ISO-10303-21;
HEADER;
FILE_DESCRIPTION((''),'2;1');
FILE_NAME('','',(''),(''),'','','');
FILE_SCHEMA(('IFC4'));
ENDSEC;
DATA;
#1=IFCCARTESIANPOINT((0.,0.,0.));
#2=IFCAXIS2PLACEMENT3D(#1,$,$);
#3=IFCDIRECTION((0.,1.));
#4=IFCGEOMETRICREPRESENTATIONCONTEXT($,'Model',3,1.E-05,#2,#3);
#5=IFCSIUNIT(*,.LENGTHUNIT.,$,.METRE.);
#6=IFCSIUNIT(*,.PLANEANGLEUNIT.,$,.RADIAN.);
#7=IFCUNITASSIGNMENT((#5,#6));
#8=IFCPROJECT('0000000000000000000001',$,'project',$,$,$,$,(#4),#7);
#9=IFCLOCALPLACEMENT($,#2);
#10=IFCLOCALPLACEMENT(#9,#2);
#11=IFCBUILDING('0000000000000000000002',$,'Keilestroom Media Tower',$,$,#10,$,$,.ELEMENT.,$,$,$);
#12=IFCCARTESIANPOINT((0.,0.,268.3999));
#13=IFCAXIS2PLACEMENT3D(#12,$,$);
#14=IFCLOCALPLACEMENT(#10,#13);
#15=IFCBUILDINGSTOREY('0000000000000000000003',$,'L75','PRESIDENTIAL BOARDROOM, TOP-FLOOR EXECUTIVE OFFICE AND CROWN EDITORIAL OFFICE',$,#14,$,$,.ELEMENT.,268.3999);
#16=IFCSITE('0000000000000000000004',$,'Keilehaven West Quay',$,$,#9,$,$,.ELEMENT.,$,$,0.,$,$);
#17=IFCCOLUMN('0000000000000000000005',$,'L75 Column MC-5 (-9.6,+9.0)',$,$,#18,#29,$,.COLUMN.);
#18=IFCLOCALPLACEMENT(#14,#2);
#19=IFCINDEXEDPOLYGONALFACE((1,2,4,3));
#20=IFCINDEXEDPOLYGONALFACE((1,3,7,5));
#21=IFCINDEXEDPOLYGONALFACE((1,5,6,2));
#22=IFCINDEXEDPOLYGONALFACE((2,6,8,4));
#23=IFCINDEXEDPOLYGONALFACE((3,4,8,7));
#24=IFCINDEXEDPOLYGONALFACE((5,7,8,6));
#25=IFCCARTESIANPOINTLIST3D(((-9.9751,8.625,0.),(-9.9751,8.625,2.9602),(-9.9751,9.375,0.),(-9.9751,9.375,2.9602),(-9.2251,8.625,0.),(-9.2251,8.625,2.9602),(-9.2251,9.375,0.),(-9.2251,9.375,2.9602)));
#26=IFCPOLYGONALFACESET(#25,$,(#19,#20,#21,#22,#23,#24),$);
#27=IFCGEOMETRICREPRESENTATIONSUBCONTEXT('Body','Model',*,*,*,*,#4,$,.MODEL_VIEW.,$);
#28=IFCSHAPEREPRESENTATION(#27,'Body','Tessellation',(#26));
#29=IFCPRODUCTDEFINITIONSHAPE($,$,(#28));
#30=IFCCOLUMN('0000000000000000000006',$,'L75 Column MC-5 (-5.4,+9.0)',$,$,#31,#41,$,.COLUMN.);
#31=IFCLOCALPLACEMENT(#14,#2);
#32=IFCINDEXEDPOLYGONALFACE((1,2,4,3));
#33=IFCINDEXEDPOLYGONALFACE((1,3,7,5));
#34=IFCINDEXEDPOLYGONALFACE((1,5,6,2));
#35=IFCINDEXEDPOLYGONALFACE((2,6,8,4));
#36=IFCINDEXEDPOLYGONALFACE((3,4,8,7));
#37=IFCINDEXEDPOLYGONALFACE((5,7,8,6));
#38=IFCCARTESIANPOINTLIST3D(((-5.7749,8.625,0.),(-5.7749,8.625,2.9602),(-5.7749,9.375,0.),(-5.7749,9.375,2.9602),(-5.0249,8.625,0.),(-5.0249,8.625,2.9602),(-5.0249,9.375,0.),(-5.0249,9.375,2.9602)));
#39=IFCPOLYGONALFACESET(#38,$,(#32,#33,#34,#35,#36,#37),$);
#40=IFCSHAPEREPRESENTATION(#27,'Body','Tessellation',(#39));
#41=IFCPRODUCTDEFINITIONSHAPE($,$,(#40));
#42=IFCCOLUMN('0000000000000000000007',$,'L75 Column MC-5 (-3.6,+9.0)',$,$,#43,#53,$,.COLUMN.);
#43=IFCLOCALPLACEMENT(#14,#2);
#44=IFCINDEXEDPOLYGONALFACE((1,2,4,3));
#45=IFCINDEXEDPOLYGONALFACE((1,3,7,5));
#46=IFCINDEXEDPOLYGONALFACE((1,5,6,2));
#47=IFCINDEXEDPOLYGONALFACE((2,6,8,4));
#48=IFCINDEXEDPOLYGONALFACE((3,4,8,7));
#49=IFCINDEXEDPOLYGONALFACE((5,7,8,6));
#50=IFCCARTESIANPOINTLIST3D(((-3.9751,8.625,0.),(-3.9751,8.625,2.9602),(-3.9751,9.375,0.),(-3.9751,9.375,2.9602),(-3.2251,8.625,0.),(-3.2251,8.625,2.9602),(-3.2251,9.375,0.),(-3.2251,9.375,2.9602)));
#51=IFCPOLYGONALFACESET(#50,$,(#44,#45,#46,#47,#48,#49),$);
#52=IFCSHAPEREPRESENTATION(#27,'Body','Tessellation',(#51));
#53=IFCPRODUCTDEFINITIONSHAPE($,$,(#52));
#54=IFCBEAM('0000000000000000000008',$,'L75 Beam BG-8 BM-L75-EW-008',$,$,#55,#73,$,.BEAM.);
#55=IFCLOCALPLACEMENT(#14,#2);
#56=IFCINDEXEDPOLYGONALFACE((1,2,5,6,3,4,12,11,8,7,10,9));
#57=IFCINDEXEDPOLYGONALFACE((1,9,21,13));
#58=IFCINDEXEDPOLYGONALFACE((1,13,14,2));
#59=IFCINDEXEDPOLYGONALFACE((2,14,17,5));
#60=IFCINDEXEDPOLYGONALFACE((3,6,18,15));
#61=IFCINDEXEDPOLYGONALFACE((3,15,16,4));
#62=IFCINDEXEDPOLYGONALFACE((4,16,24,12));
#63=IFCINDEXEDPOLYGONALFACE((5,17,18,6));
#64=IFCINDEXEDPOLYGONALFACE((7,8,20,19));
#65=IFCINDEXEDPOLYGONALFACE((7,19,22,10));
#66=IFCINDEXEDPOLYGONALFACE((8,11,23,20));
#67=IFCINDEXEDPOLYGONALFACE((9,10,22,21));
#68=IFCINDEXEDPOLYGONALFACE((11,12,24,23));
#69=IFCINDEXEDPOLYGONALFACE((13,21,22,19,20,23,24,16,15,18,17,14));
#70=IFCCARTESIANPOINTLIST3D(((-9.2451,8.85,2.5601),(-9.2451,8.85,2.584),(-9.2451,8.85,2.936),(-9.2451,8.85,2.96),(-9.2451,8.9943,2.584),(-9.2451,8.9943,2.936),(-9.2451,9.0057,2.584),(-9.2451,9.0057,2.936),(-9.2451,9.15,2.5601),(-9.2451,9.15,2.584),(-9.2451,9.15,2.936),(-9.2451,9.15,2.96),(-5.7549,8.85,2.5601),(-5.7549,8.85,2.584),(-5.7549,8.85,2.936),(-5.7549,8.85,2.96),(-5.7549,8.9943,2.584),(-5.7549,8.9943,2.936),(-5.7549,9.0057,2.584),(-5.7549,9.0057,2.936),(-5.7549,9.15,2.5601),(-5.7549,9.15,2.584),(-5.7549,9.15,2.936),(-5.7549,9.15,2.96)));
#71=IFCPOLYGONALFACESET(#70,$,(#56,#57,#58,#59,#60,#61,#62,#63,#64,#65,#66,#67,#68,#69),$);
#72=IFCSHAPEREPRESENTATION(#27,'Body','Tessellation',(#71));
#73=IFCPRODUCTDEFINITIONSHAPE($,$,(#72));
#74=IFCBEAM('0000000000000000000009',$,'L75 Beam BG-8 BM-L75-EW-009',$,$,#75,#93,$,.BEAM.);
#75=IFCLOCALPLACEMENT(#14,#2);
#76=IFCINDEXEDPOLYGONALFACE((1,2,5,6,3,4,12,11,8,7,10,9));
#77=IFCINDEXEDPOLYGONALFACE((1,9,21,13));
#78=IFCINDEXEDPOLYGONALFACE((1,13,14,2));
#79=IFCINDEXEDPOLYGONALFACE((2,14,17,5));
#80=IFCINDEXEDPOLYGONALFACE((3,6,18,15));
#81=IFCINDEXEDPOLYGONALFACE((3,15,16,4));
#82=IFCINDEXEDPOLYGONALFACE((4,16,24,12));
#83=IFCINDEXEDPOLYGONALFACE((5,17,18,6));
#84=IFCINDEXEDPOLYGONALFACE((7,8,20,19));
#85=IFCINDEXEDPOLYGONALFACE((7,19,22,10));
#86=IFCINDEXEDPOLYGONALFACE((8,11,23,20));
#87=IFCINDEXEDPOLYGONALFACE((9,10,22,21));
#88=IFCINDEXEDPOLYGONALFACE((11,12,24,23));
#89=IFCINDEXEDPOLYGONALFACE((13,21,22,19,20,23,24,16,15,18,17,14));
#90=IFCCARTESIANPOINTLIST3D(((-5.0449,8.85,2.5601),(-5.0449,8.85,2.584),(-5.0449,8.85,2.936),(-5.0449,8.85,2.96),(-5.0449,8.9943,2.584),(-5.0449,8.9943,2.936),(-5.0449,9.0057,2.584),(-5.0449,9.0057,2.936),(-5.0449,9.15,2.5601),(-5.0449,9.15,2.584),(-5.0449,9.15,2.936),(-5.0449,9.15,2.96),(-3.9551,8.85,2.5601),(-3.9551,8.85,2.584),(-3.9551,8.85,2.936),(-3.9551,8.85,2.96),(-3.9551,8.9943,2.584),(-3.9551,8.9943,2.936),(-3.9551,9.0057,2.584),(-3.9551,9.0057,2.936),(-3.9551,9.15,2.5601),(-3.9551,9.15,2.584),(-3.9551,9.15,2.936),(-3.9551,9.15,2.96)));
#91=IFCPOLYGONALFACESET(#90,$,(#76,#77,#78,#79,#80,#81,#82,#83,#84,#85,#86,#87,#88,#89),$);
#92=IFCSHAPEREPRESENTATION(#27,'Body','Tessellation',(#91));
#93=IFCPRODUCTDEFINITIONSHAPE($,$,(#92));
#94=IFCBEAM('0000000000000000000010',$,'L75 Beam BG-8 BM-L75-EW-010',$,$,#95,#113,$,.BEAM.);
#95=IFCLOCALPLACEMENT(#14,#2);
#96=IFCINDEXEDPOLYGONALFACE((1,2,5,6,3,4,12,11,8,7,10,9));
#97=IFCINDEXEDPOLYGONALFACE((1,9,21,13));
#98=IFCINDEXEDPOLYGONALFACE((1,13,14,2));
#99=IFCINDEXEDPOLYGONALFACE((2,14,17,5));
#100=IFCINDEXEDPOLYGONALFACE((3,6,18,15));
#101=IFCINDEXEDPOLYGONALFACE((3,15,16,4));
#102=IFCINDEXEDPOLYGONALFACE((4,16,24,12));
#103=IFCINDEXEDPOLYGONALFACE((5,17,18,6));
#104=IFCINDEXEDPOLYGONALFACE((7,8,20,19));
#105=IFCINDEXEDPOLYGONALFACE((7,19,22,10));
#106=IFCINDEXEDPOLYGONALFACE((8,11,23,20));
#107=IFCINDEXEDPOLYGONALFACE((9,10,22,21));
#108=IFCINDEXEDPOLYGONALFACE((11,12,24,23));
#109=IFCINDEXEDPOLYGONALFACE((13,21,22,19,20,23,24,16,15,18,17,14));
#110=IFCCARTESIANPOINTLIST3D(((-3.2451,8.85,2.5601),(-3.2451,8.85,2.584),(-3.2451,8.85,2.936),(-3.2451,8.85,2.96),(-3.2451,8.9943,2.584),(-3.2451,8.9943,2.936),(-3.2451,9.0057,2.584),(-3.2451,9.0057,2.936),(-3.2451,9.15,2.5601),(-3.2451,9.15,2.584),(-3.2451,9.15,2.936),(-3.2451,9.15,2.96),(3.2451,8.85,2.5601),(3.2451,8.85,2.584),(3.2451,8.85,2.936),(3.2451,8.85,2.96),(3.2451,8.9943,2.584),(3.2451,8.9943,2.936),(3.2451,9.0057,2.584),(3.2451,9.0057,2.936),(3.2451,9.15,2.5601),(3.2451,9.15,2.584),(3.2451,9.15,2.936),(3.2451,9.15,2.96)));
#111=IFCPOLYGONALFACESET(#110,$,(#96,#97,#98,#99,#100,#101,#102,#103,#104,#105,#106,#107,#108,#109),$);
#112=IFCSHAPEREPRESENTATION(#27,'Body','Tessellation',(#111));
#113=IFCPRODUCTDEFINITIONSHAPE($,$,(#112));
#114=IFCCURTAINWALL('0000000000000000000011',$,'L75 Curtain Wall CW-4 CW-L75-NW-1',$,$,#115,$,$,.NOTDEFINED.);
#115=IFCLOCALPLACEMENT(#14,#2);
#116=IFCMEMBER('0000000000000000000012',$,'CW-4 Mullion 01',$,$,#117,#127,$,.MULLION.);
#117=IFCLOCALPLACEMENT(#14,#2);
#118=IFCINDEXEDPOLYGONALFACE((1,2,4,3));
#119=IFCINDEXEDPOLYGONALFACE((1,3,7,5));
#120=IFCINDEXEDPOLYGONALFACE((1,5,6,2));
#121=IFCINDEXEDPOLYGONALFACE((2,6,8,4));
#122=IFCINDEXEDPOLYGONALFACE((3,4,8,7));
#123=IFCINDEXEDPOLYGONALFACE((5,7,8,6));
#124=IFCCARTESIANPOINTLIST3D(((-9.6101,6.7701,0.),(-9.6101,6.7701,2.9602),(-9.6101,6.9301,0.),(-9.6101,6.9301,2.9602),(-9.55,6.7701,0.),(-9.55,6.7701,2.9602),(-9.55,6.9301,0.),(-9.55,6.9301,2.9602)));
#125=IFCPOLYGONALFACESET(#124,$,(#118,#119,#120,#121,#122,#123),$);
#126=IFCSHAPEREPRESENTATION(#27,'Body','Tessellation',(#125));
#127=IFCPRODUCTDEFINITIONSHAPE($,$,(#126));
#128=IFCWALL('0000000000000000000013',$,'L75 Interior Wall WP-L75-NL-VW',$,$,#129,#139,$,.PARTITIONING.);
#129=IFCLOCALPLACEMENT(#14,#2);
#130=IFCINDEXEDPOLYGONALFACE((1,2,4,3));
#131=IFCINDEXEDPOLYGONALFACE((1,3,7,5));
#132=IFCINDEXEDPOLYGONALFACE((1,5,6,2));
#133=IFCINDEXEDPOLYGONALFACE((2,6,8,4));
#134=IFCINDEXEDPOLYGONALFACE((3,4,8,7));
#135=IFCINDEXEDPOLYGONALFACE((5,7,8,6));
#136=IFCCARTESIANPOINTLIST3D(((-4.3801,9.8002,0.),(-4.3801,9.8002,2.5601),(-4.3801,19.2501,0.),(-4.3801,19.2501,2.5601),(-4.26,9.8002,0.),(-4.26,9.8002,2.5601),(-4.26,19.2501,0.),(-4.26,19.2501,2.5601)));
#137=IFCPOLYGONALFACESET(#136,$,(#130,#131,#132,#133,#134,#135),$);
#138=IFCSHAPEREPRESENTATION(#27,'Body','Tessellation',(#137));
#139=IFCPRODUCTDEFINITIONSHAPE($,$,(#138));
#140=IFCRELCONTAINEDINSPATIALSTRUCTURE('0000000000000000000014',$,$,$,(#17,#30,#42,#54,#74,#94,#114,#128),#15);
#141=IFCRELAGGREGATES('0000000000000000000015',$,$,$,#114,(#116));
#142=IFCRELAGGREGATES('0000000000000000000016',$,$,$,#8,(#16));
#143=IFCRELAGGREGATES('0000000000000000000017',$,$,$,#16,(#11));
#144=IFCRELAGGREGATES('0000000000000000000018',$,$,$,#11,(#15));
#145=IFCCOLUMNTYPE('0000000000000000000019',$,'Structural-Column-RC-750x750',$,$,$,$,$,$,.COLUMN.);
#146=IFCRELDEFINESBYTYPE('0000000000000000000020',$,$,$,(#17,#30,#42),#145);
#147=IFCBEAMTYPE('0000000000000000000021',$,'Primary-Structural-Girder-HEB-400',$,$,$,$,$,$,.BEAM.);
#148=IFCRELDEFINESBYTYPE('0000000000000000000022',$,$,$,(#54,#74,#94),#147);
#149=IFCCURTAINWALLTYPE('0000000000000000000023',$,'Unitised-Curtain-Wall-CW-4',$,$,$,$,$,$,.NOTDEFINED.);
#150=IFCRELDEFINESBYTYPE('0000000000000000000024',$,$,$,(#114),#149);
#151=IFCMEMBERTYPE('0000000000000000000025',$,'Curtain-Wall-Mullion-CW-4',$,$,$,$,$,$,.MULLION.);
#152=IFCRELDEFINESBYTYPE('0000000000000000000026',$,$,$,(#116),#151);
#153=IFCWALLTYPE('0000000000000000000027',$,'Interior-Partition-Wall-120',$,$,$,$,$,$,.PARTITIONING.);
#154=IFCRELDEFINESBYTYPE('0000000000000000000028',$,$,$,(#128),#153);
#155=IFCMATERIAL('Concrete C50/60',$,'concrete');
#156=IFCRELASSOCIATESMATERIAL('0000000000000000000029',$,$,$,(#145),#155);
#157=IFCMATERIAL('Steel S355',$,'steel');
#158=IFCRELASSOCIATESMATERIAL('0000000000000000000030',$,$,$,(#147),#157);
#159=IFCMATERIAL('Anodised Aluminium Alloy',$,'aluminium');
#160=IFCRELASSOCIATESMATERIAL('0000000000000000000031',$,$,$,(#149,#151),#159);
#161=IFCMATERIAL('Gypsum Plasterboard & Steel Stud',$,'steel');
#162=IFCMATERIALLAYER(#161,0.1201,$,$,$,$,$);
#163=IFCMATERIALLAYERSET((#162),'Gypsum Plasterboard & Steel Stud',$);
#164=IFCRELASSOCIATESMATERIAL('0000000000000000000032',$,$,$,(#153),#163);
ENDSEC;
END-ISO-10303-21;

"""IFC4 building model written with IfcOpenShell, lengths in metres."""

from ifc_helpers import new_model, si_unit, direction, frame, frame_2d, origin, origin_2d, place, context, subcontext, project, spatial, rectangle, i_section, extrude, source, transform, mapped, material, layer, layer_set, material_profile, profile_set, type_object, element, aggregate, save


model = new_model("IFC4")

# Units and contexts
model_context = context("Model", 3, precision=1e-05, world=origin(), true_north=direction((0.0, 1.0)))
body_context = subcontext(model_context, "Body", "Model", "MODEL_VIEW")
ifc_project = project(units=[si_unit("LENGTHUNIT", "METRE"), si_unit("PLANEANGLEUNIT", "RADIAN")], contexts=[model_context])

# Site, building, storey
site_placement = place(None, origin())
site = spatial("IfcSite", under=ifc_project, at=site_placement, Name="Keilehaven West Quay", CompositionType="ELEMENT", RefElevation=0.0)
building_placement = place(site_placement, origin())
building = spatial("IfcBuilding", under=site, at=building_placement, Name="Keilestroom Media Tower", CompositionType="ELEMENT")
storey_placement = place(building_placement, frame((0.0, 0.0, 268.3999)))
storey = spatial("IfcBuildingStorey", under=building, at=storey_placement, Name="L75", Description="PRESIDENTIAL BOARDROOM, TOP-FLOOR EXECUTIVE OFFICE AND CROWN EDITORIAL OFFICE", CompositionType="ELEMENT", Elevation=268.3999)

# Columns
ifc_material_1 = material(Name="Concrete C50/60", Category="concrete")
ifc_material_profile_1 = material_profile(ifc_material_1, rectangle(XDim=0.75, YDim=0.75, at=origin_2d()), Name="RC 750x750")
ifc_profile_set_1 = profile_set([ifc_material_profile_1], Name="Concrete C50/60")
column_type = type_object("IfcColumnType", Name="Structural-Column-RC-750x750", PredefinedType="COLUMN", material=ifc_profile_set_1)
shared_shape_1 = source(origin(), body_context, "Body", "SweptSolid", [
    extrude(rectangle(XDim=0.75, YDim=0.75, at=origin_2d()), origin(), (0.0, 0.0, 1.0), 2.9602),
])
for number, where, z_axis, x_axis, name in (
    (1, (-9.6001, 9.0, 0.0), (0.0, 0.0, 1.0), (1.0, 0.0, 0.0), "L75 Column MC-5 (-9.6,+9.0)"),
    (2, (-5.3999, 9.0, 0.0), (0.0, 0.0, 1.0), (1.0, 0.0, 0.0), "L75 Column MC-5 (-5.4,+9.0)"),
    (3, (-3.6001, 9.0, 0.0), (0.0, 0.0, 1.0), (1.0, 0.0, 0.0), "L75 Column MC-5 (-3.6,+9.0)"),
):
    element("IfcColumn", number, at=place(storey_placement, frame(where, z_axis=z_axis, x_axis=x_axis)), inside=storey, type_object=column_type, Name=name, PredefinedType="COLUMN", context=body_context, shape_type="MappedRepresentation", body=[
        mapped(shared_shape_1, transform((0.0, 0.0, 0.0), x_axis=(1.0, 0.0, 0.0), y_axis=(0.0, 1.0, 0.0), z_axis=(0.0, 0.0, 1.0), scale=1.0)),
    ])

# Beams
ifc_material_2 = material(Name="Steel S355", Category="steel")
ifc_material_profile_2 = material_profile(ifc_material_2, i_section(OverallWidth=0.3, OverallDepth=0.3999, WebThickness=0.0115, FlangeThickness=0.0239, at=origin_2d()), Name="HEB 400")
ifc_profile_set_2 = profile_set([ifc_material_profile_2], Name="Steel S355")
beam_type = type_object("IfcBeamType", Name="Primary-Structural-Girder-HEB-400", PredefinedType="BEAM", material=ifc_profile_set_2)
shared_shape_2 = source(origin(), body_context, "Body", "SweptSolid", [
    extrude(i_section(OverallWidth=0.3, OverallDepth=0.3999, WebThickness=0.0115, FlangeThickness=0.0239, at=origin_2d()), origin(), (0.0, 0.0, 1.0), 3.4902),
])
beam_1_placement = place(storey_placement, frame((-9.2451, 9.0, 2.76), z_axis=(1.0, 0.0, 0.0), x_axis=(0.0, 1.0, 0.0)))
element("IfcBeam", 4, at=beam_1_placement, inside=storey, type_object=beam_type, Name="L75 Beam BG-8 BM-L75-EW-008", PredefinedType="BEAM", context=body_context, shape_type="MappedRepresentation", body=[
    mapped(shared_shape_2, transform((0.0, 0.0, 0.0), x_axis=(1.0, 0.0, 0.0), y_axis=(0.0, 1.0, 0.0), z_axis=(0.0, 0.0, 1.0), scale=1.0)),
])
shared_shape_3 = source(origin(), body_context, "Body", "SweptSolid", [
    extrude(i_section(OverallWidth=0.3, OverallDepth=0.3999, WebThickness=0.0115, FlangeThickness=0.0239, at=origin_2d()), origin(), (0.0, 0.0, 1.0), 1.0898),
])
beam_2_placement = place(storey_placement, frame((-5.0449, 9.0, 2.76), z_axis=(1.0, 0.0, 0.0), x_axis=(0.0, 1.0, 0.0)))
element("IfcBeam", 5, at=beam_2_placement, inside=storey, type_object=beam_type, Name="L75 Beam BG-8 BM-L75-EW-009", PredefinedType="BEAM", context=body_context, shape_type="MappedRepresentation", body=[
    mapped(shared_shape_3, transform((0.0, 0.0, 0.0), x_axis=(1.0, 0.0, 0.0), y_axis=(0.0, 1.0, 0.0), z_axis=(0.0, 0.0, 1.0), scale=1.0)),
])
shared_shape_4 = source(origin(), body_context, "Body", "SweptSolid", [
    extrude(i_section(OverallWidth=0.3, OverallDepth=0.3999, WebThickness=0.0115, FlangeThickness=0.0239, at=origin_2d()), origin(), (0.0, 0.0, 1.0), 6.4902),
])
beam_3_placement = place(storey_placement, frame((-3.2451, 9.0, 2.76), z_axis=(1.0, 0.0, 0.0), x_axis=(0.0, 1.0, 0.0)))
element("IfcBeam", 6, at=beam_3_placement, inside=storey, type_object=beam_type, Name="L75 Beam BG-8 BM-L75-EW-010", PredefinedType="BEAM", context=body_context, shape_type="MappedRepresentation", body=[
    mapped(shared_shape_4, transform((0.0, 0.0, 0.0), x_axis=(1.0, 0.0, 0.0), y_axis=(0.0, 1.0, 0.0), z_axis=(0.0, 0.0, 1.0), scale=1.0)),
])

# Curtain wall, member
ifc_material_3 = material(Name="Anodised Aluminium Alloy", Category="aluminium")
curtain_wall_type = type_object("IfcCurtainWallType", Name="Unitised-Curtain-Wall-CW-4", PredefinedType="NOTDEFINED", material=ifc_material_3)
curtain_wall_placement = place(storey_placement, origin())
curtain_wall = element("IfcCurtainWall", 7, at=curtain_wall_placement, inside=storey, type_object=curtain_wall_type, Name="L75 Curtain Wall CW-4 CW-L75-NW-1", PredefinedType="NOTDEFINED")
ifc_material_profile_3 = material_profile(ifc_material_3, rectangle(XDim=0.0601, YDim=0.1599, at=origin_2d()), Name="ALU MULLION 60x160")
ifc_profile_set_3 = profile_set([ifc_material_profile_3], Name="Anodised Aluminium Alloy")
member_type = type_object("IfcMemberType", Name="Curtain-Wall-Mullion-CW-4", PredefinedType="MULLION", material=ifc_profile_set_3)
shared_shape_5 = source(origin(), body_context, "Body", "SweptSolid", [
    extrude(rectangle(XDim=0.0601, YDim=0.1599, at=origin_2d()), origin(), (0.0, 0.0, 1.0), 2.9602),
])
member_placement = place(storey_placement, frame((-9.5801, 6.8501, 0.0), z_axis=(0.0, 0.0, 1.0), x_axis=(1.0, 0.0, 0.0)))
member = element("IfcMember", 8, at=member_placement, type_object=member_type, Name="CW-4 Mullion 01", PredefinedType="MULLION", context=body_context, shape_type="MappedRepresentation", body=[
    mapped(shared_shape_5, transform((0.0, 0.0, 0.0), x_axis=(1.0, 0.0, 0.0), y_axis=(0.0, 1.0, 0.0), z_axis=(0.0, 0.0, 1.0), scale=1.0)),
])
aggregate(curtain_wall, [member])

# Wall
ifc_material_4 = material(Name="Gypsum Plasterboard & Steel Stud", Category="steel")
ifc_layer_1 = layer(ifc_material_4, 0.1201)
ifc_layer_set_1 = layer_set([ifc_layer_1], Name="Gypsum Plasterboard & Steel Stud")
wall_type_1 = type_object("IfcWallType", Name="Interior-Partition-Wall-120", PredefinedType="PARTITIONING", material=ifc_layer_set_1)
wall_1_placement = place(storey_placement, frame((-4.3201, 9.8, 0.0), z_axis=(0.0, 0.0, 1.0), x_axis=(0.0, 1.0, 0.0)))
element("IfcWall", 9, at=wall_1_placement, inside=storey, type_object=wall_type_1, Name="L75 Interior Wall WP-L75-NL-VW", PredefinedType="PARTITIONING", context=body_context, shape_type="SweptSolid", body=[
    extrude(rectangle(XDim=9.45, YDim=0.1201, at=frame_2d((4.7251, 0.0))), origin(), (0.0, 0.0, 1.0), 2.5601),
])

save(model, "model.ifc")
